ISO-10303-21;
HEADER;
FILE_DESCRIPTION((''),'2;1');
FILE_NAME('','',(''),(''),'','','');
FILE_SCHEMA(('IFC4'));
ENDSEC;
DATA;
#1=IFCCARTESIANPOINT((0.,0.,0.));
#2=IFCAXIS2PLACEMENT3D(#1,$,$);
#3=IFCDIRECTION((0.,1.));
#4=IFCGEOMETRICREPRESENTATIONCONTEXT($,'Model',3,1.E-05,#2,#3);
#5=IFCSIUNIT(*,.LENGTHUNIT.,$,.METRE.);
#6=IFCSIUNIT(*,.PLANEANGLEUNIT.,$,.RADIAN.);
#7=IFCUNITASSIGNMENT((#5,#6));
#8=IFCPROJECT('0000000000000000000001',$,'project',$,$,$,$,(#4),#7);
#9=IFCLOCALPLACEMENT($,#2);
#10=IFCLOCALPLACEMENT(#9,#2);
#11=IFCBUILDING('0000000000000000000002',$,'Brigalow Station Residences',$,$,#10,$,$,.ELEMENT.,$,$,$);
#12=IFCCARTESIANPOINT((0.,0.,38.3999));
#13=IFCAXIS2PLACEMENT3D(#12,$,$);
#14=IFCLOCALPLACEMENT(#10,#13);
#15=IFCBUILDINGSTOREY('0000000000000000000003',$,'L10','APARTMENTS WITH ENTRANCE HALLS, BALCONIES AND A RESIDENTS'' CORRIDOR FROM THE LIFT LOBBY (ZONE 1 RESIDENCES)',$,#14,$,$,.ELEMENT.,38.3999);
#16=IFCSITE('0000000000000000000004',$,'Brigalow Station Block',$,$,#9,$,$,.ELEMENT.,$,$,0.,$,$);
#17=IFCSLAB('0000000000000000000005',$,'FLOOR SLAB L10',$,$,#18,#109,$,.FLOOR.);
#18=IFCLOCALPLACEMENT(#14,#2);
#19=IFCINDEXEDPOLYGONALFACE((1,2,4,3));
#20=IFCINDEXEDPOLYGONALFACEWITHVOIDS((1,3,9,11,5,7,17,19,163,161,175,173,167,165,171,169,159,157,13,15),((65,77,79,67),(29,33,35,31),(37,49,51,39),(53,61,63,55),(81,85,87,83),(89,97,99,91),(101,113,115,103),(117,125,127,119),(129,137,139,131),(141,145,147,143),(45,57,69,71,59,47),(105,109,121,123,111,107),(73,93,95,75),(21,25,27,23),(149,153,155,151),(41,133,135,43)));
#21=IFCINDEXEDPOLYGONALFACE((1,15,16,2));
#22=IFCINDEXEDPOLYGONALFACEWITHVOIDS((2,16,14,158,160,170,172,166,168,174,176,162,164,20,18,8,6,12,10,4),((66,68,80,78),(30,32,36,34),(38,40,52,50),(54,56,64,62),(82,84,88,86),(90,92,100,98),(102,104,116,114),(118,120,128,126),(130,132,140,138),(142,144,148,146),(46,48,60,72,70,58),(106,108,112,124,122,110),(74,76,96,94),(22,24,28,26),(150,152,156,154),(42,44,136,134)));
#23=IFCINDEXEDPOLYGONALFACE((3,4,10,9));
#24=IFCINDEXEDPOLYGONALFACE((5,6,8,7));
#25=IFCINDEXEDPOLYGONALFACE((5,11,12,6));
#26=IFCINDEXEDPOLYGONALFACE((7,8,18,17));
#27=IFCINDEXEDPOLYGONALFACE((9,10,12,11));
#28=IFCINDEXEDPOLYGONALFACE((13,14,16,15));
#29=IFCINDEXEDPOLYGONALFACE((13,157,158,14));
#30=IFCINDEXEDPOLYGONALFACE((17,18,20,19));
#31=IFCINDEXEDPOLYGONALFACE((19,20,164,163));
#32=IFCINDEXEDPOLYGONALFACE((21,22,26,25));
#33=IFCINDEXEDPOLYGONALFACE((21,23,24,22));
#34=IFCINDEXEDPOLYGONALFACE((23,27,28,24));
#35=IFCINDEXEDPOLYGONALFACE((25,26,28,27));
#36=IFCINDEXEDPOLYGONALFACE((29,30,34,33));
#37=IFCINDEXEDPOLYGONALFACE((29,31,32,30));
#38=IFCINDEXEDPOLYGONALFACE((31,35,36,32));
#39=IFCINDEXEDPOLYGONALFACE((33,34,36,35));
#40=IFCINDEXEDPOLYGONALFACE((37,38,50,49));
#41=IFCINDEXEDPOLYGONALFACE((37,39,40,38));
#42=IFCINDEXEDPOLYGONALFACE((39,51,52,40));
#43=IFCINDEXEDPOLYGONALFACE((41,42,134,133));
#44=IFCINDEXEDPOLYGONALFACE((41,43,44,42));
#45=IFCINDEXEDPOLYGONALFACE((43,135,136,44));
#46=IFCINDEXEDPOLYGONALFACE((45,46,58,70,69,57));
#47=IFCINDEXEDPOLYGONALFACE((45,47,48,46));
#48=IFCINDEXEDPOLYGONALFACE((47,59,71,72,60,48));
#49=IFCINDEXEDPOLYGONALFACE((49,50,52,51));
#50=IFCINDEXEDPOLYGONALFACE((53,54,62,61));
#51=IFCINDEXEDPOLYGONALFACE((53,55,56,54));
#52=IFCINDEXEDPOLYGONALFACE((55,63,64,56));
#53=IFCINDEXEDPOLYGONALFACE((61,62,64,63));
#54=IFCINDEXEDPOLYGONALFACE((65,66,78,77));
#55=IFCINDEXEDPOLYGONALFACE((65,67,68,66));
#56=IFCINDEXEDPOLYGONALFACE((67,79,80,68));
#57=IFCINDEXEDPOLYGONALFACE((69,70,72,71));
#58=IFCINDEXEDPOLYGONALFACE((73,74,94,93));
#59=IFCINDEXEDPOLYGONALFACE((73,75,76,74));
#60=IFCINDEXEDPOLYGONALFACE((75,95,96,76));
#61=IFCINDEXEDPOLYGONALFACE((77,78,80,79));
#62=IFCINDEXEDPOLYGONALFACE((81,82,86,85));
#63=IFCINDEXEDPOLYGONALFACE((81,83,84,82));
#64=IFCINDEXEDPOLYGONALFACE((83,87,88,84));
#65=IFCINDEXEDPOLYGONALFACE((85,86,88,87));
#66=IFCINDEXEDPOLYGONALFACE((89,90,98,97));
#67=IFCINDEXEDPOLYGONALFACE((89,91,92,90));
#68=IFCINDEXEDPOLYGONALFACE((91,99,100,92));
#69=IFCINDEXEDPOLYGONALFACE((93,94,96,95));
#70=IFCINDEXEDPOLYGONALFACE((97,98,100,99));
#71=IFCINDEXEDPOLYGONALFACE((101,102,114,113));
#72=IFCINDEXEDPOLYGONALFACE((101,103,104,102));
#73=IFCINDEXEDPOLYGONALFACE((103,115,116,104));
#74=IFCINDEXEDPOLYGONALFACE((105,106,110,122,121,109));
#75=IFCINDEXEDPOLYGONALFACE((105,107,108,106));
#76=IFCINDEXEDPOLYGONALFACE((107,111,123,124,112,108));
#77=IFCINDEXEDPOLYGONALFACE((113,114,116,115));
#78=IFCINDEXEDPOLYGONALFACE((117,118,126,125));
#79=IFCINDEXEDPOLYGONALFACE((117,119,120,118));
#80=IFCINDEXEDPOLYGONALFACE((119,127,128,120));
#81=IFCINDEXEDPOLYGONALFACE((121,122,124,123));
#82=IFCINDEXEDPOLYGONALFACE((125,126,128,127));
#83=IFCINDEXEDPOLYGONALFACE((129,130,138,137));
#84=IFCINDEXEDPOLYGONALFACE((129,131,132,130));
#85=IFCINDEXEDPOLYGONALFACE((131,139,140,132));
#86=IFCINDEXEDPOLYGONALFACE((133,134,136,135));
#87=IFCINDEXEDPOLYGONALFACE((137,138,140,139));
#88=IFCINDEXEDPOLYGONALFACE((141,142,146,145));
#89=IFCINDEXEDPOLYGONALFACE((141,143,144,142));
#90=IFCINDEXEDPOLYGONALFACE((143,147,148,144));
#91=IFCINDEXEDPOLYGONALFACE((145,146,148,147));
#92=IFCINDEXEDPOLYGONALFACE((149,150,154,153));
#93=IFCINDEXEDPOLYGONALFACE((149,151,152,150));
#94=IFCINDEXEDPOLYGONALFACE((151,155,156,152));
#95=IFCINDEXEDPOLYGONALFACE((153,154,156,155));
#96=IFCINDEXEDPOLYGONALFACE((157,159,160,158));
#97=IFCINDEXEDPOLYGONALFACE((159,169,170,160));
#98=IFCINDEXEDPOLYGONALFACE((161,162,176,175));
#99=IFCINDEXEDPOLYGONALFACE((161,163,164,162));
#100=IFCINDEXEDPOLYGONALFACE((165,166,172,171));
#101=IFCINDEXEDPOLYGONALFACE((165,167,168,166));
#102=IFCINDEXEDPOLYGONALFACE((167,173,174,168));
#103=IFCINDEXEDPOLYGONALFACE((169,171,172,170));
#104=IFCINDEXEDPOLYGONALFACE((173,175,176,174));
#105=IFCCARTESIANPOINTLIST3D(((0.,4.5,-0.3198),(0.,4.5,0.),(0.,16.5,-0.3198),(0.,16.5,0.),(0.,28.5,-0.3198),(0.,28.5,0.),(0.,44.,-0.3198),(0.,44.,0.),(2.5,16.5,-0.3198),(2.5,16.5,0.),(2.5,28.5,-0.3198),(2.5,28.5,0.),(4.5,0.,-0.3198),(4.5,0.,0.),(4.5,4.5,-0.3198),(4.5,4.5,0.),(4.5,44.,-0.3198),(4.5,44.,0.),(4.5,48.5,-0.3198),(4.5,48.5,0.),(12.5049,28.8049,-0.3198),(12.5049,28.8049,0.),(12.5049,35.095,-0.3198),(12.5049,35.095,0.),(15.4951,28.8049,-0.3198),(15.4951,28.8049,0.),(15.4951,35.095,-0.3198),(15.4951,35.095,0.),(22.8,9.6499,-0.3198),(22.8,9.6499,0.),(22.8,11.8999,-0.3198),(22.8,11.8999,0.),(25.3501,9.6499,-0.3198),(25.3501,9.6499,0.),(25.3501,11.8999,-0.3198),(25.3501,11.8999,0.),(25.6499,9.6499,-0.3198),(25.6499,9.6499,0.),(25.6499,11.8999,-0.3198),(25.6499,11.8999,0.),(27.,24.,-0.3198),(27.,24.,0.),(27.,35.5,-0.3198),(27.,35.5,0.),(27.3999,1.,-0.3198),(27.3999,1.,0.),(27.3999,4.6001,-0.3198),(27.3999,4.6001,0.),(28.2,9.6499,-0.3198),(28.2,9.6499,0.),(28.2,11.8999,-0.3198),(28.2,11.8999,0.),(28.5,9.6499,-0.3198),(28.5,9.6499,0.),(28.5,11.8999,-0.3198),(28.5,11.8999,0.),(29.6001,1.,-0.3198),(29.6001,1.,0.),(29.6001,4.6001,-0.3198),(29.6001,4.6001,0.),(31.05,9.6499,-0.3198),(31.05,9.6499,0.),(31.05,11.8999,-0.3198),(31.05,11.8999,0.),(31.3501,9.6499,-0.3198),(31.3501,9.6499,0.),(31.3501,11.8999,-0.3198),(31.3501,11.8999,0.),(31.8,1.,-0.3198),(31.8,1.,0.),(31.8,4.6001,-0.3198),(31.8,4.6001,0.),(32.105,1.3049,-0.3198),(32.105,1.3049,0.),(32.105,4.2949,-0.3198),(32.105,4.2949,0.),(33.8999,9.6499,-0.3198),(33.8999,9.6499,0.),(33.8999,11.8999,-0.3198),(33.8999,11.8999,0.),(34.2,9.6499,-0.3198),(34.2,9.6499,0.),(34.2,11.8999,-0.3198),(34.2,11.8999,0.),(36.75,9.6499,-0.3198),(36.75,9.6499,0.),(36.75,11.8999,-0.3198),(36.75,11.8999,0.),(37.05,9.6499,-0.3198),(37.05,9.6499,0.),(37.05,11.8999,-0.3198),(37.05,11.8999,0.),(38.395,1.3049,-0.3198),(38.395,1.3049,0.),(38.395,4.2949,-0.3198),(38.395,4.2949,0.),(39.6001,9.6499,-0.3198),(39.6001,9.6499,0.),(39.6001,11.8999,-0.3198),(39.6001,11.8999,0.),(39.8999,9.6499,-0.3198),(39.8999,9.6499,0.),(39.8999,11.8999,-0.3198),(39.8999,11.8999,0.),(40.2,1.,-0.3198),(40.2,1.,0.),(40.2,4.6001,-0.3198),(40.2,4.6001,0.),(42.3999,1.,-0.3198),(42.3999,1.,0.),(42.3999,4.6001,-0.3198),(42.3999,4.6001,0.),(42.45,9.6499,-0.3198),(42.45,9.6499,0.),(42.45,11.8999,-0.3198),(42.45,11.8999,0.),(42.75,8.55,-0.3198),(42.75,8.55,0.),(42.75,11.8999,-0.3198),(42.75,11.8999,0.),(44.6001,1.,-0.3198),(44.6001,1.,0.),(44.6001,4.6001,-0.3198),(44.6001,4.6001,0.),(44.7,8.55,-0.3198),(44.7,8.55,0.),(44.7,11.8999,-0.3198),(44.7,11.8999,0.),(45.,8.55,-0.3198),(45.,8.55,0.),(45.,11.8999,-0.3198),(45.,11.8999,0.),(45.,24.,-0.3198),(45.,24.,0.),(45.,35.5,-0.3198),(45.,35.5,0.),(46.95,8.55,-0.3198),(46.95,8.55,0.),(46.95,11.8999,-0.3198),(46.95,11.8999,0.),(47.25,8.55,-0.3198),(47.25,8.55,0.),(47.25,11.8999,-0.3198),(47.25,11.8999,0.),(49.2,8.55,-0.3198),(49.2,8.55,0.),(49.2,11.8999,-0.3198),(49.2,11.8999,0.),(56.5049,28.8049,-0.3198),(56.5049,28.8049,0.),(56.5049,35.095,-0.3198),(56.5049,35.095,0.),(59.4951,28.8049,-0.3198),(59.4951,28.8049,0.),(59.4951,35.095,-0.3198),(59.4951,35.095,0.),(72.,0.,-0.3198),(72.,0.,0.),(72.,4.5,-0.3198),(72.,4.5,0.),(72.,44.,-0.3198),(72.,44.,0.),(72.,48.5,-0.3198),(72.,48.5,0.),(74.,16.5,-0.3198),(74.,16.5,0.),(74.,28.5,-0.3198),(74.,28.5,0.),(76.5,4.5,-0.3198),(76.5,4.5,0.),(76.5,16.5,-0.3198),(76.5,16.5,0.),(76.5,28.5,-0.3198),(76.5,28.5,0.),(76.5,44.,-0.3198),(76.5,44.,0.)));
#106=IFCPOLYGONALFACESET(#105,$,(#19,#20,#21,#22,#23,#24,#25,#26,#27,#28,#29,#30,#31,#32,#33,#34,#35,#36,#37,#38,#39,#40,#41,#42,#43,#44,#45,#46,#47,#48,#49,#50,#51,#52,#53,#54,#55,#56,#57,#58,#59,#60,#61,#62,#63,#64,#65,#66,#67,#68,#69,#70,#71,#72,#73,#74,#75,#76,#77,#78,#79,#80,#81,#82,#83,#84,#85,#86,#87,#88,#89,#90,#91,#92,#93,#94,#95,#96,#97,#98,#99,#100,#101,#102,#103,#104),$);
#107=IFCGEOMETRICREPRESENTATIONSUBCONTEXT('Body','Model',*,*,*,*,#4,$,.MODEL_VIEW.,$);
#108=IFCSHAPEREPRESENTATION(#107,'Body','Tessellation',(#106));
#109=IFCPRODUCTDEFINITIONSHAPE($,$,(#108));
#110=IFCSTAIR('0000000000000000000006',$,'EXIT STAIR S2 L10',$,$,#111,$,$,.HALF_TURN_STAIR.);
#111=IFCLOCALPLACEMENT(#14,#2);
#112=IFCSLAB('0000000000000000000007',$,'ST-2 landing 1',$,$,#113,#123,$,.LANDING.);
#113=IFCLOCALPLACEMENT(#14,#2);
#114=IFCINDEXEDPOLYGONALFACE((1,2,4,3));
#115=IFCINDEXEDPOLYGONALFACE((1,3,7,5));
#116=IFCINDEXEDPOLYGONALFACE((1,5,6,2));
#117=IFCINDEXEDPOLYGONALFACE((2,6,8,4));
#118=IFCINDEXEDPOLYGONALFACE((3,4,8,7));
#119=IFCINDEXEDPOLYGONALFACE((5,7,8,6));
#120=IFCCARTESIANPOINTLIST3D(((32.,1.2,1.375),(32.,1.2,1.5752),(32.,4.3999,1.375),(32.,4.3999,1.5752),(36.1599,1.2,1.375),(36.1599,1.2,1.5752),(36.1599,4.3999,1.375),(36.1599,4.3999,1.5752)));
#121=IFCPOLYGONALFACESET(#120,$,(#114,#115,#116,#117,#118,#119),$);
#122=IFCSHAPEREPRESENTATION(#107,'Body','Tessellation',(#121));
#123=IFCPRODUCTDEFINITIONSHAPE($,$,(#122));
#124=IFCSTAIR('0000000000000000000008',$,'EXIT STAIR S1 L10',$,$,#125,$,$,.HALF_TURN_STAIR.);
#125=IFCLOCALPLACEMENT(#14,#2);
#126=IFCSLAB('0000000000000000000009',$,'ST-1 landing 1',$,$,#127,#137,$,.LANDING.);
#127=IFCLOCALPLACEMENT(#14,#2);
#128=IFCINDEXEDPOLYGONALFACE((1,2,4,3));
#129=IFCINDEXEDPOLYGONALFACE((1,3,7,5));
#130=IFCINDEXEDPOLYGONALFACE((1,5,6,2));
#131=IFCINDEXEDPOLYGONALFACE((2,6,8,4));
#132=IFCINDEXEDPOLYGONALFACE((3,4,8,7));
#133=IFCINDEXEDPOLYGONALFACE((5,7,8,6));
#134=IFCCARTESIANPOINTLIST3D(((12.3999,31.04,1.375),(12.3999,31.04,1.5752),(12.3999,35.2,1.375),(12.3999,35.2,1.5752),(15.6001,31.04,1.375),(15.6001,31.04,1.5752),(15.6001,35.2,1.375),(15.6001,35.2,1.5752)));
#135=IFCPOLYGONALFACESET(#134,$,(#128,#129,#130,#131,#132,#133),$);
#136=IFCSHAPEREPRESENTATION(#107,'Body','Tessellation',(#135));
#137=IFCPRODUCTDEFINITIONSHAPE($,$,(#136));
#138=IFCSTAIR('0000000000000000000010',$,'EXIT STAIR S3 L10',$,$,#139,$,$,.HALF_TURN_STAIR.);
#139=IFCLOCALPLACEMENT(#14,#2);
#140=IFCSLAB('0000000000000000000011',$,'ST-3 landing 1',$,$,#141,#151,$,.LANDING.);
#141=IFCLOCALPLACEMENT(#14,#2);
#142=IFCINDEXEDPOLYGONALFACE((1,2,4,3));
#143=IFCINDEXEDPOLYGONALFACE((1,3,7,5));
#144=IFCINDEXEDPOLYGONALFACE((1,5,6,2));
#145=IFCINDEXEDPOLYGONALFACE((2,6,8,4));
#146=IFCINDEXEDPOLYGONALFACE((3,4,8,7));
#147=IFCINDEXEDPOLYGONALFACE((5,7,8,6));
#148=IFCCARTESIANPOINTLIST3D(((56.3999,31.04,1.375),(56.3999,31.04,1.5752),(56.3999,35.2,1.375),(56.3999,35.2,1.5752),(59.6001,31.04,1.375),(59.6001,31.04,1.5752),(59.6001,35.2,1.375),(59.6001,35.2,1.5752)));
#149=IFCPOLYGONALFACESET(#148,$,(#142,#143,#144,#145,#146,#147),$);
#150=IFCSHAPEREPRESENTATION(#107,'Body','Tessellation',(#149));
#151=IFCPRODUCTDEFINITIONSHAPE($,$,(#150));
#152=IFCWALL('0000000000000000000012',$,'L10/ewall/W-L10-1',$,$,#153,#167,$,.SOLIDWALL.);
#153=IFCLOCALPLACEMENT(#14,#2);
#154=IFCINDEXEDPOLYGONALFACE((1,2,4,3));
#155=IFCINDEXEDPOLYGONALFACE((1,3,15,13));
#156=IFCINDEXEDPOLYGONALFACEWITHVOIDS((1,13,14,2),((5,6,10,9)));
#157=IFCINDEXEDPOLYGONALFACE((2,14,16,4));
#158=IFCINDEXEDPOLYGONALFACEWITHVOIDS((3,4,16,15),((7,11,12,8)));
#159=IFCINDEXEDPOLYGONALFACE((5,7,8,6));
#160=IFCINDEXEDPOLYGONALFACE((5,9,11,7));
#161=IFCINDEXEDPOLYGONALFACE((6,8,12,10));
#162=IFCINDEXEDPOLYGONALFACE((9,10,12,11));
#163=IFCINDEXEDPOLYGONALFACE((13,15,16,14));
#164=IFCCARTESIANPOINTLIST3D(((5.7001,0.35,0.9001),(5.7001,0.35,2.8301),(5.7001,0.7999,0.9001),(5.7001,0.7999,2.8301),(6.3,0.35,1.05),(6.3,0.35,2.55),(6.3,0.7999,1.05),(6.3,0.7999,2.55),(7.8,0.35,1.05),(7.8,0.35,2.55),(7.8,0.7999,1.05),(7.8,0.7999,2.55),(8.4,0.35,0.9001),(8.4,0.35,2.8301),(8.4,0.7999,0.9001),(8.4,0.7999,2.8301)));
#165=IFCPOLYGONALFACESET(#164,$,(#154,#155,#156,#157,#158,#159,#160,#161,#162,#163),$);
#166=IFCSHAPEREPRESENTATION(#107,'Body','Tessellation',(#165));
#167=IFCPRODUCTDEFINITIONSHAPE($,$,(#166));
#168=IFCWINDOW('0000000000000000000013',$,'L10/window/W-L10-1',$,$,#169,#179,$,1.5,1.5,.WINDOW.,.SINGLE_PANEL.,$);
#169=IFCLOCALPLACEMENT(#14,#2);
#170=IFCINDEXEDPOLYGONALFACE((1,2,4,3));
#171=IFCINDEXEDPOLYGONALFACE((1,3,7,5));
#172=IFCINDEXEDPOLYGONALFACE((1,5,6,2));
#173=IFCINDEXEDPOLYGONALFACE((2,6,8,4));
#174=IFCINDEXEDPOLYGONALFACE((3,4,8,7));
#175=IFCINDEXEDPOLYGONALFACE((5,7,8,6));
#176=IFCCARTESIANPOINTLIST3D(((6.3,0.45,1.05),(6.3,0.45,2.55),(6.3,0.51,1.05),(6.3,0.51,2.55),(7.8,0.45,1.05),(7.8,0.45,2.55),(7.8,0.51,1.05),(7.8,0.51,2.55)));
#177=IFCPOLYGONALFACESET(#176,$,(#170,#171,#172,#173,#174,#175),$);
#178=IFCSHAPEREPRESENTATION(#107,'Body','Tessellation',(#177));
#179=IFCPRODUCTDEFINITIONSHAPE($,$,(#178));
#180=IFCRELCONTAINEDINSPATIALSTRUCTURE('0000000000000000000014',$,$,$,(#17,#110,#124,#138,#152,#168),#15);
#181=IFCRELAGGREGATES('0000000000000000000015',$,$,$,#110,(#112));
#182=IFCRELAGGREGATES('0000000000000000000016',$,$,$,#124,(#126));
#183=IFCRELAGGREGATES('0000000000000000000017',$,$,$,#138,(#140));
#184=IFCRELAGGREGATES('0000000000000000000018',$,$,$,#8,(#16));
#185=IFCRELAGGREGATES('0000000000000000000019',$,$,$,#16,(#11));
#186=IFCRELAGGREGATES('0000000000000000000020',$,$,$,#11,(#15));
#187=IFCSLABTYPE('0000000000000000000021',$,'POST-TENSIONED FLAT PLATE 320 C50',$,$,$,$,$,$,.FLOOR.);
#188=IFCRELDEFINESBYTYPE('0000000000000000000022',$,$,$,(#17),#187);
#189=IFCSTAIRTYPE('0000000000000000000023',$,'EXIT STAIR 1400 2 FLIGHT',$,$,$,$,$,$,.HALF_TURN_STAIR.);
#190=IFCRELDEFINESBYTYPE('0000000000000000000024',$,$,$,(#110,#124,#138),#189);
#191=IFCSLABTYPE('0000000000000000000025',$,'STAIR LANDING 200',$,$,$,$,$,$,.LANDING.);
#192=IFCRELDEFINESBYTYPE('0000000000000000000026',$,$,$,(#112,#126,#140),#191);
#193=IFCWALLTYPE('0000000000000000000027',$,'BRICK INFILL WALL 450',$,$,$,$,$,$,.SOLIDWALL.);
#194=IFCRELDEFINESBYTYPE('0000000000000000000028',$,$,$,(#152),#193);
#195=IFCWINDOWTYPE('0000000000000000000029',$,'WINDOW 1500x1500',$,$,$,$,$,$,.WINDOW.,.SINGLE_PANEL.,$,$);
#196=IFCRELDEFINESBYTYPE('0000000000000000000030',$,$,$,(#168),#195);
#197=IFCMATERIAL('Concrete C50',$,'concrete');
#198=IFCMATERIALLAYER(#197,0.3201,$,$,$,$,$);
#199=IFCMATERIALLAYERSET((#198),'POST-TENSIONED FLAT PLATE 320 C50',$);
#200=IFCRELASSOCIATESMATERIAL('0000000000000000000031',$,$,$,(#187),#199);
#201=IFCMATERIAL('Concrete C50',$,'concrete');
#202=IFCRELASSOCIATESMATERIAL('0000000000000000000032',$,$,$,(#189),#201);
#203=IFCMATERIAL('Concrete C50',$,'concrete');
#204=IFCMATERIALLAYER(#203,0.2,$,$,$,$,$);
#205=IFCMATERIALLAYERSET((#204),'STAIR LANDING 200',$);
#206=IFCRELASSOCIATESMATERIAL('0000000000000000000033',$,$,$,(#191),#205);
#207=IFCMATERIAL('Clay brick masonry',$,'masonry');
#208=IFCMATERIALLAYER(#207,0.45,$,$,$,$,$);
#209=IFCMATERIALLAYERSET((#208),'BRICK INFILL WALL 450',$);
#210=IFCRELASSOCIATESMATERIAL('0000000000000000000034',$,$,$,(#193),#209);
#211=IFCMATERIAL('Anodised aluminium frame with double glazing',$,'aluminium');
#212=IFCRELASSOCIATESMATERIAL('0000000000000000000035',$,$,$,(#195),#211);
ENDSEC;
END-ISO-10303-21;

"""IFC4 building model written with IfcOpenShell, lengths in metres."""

from ifc_helpers import new_model, si_unit, direction, frame, frame_2d, origin, place, context, subcontext, project, spatial, polyline, rectangle, outline, extrude, material, layer, layer_set, type_object, element, fill, aggregate, save


model = new_model("IFC4")

# Units and contexts
model_context = context("Model", 3, precision=1e-05, world=origin(), true_north=direction((0.0, 1.0)))
body_context = subcontext(model_context, "Body", "Model", "MODEL_VIEW")
ifc_project = project(units=[si_unit("LENGTHUNIT", "METRE"), si_unit("PLANEANGLEUNIT", "RADIAN")], contexts=[model_context])

# Site, building, storey
site_placement = place(None, origin())
site = spatial("IfcSite", under=ifc_project, at=site_placement, Name="Brigalow Station Block", CompositionType="ELEMENT", RefElevation=0.0)
building_placement = place(site_placement, origin())
building = spatial("IfcBuilding", under=site, at=building_placement, Name="Brigalow Station Residences", CompositionType="ELEMENT")
storey_placement = place(building_placement, frame((0.0, 0.0, 38.3999)))
storey = spatial("IfcBuildingStorey", under=building, at=storey_placement, Name="L10", Description="APARTMENTS WITH ENTRANCE HALLS, BALCONIES AND A RESIDENTS' CORRIDOR FROM THE LIFT LOBBY (ZONE 1 RESIDENCES)", CompositionType="ELEMENT", Elevation=38.3999)

# Slab
ifc_material_1 = material(Name="Concrete C50", Category="concrete")
ifc_layer_1 = layer(ifc_material_1, 0.3201)
ifc_layer_set_1 = layer_set([ifc_layer_1], Name="POST-TENSIONED FLAT PLATE 320 C50")
slab_type_1 = type_object("IfcSlabType", Name="POST-TENSIONED FLAT PLATE 320 C50", PredefinedType="FLOOR", material=ifc_layer_set_1)
slab_1_placement = place(storey_placement, frame((0.0, 0.0, -0.3198)))
element("IfcSlab", 1, at=slab_1_placement, inside=storey, type_object=slab_type_1, Name="FLOOR SLAB L10", PredefinedType="FLOOR", context=body_context, shape_type="SweptSolid", body=[
    extrude(outline(polyline([(4.5, 0.0), (72.0, 0.0), (72.0, 4.5), (76.5, 4.5), (76.5, 16.5), (74.0, 16.5), (74.0, 28.5), (76.5, 28.5), (76.5, 44.0), (72.0, 44.0), (72.0, 48.5), (4.5, 48.5), (4.5, 44.0), (0.0, 44.0), (0.0, 28.5), (2.5, 28.5), (2.5, 16.5), (0.0, 16.5), (0.0, 4.5), (4.5, 4.5), (4.5, 0.0)]), holes=[polyline([(15.4951, 35.095), (15.4951, 28.8049), (12.5049, 28.8049), (12.5049, 35.095), (15.4951, 35.095)]), polyline([(22.8, 11.8999), (25.3501, 11.8999), (25.3501, 9.6499), (22.8, 9.6499), (22.8, 11.8999)]), polyline([(25.6499, 11.8999), (28.2, 11.8999), (28.2, 9.6499), (25.6499, 9.6499), (25.6499, 11.8999)]), polyline([(28.5, 11.8999), (31.05, 11.8999), (31.05, 9.6499), (28.5, 9.6499), (28.5, 11.8999)]), polyline([(29.6001, 1.0), (27.3999, 1.0), (27.3999, 4.6001), (29.6001, 4.6001), (31.8, 4.6001), (31.8, 1.0), (29.6001, 1.0)]), polyline([(31.3501, 11.8999), (33.8999, 11.8999), (33.8999, 9.6499), (31.3501, 9.6499), (31.3501, 11.8999)]), polyline([(32.105, 4.2949), (38.395, 4.2949), (38.395, 1.3049), (32.105, 1.3049), (32.105, 4.2949)]), polyline([(36.75, 11.8999), (36.75, 9.6499), (34.2, 9.6499), (34.2, 11.8999), (36.75, 11.8999)]), polyline([(37.05, 11.8999), (39.6001, 11.8999), (39.6001, 9.6499), (37.05, 9.6499), (37.05, 11.8999)]), polyline([(39.8999, 11.8999), (42.45, 11.8999), (42.45, 9.6499), (39.8999, 9.6499), (39.8999, 11.8999)]), polyline([(42.3999, 1.0), (40.2, 1.0), (40.2, 4.6001), (42.3999, 4.6001), (44.6001, 4.6001), (44.6001, 1.0), (42.3999, 1.0)]), polyline([(42.75, 11.8999), (44.7, 11.8999), (44.7, 8.55), (42.75, 8.55), (42.75, 11.8999)]), polyline([(45.0, 11.8999), (46.95, 11.8999), (46.95, 8.55), (45.0, 8.55), (45.0, 11.8999)]), polyline([(45.0, 35.5), (45.0, 24.0), (27.0, 24.0), (27.0, 35.5), (45.0, 35.5)]), polyline([(47.25, 11.8999), (49.2, 11.8999), (49.2, 8.55), (47.25, 8.55), (47.25, 11.8999)]), polyline([(59.4951, 35.095), (59.4951, 28.8049), (56.5049, 28.8049), (56.5049, 35.095), (59.4951, 35.095)])]), origin(), (0.0, 0.0, 1.0), 0.3198),
])

# Stairs, slabs
ifc_material_2 = material(Name="Concrete C50", Category="concrete")
stair_type = type_object("IfcStairType", Name="EXIT STAIR 1400 2 FLIGHT", PredefinedType="HALF_TURN_STAIR", material=ifc_material_2)
stair_1_placement = place(storey_placement, origin())
stair_1 = element("IfcStair", 2, at=stair_1_placement, inside=storey, type_object=stair_type, Name="EXIT STAIR S2 L10", PredefinedType="HALF_TURN_STAIR")
ifc_material_3 = material(Name="Concrete C50", Category="concrete")
ifc_layer_2 = layer(ifc_material_3, 0.2)
ifc_layer_set_2 = layer_set([ifc_layer_2], Name="STAIR LANDING 200")
slab_type_2 = type_object("IfcSlabType", Name="STAIR LANDING 200", PredefinedType="LANDING", material=ifc_layer_set_2)
slab_2_placement = place(storey_placement, frame((0.0, 0.0, 1.375)))
slab_2 = element("IfcSlab", 3, at=slab_2_placement, type_object=slab_type_2, Name="ST-2 landing 1", PredefinedType="LANDING", context=body_context, shape_type="SweptSolid", body=[
    extrude(outline(polyline([(32.0, 1.2), (36.1599, 1.2), (36.1599, 4.3999), (32.0, 4.3999), (32.0, 1.2)])), origin(), (0.0, 0.0, 1.0), 0.2002),
])
aggregate(stair_1, [slab_2])
stair_2_placement = place(storey_placement, origin())
stair_2 = element("IfcStair", 4, at=stair_2_placement, inside=storey, type_object=stair_type, Name="EXIT STAIR S1 L10", PredefinedType="HALF_TURN_STAIR")
slab_3_placement = place(storey_placement, frame((0.0, 0.0, 1.375)))
slab_3 = element("IfcSlab", 5, at=slab_3_placement, type_object=slab_type_2, Name="ST-1 landing 1", PredefinedType="LANDING", context=body_context, shape_type="SweptSolid", body=[
    extrude(outline(polyline([(12.3999, 31.04), (15.6001, 31.04), (15.6001, 35.2), (12.3999, 35.2), (12.3999, 31.04)])), origin(), (0.0, 0.0, 1.0), 0.2002),
])
aggregate(stair_2, [slab_3])
stair_3_placement = place(storey_placement, origin())
stair_3 = element("IfcStair", 6, at=stair_3_placement, inside=storey, type_object=stair_type, Name="EXIT STAIR S3 L10", PredefinedType="HALF_TURN_STAIR")
slab_4_placement = place(storey_placement, frame((0.0, 0.0, 1.375)))
slab_4 = element("IfcSlab", 7, at=slab_4_placement, type_object=slab_type_2, Name="ST-3 landing 1", PredefinedType="LANDING", context=body_context, shape_type="SweptSolid", body=[
    extrude(outline(polyline([(56.3999, 31.04), (59.6001, 31.04), (59.6001, 35.2), (56.3999, 35.2), (56.3999, 31.04)])), origin(), (0.0, 0.0, 1.0), 0.2002),
])
aggregate(stair_3, [slab_4])

# Wall, opening, window
ifc_material_4 = material(Name="Clay brick masonry", Category="masonry")
ifc_layer_3 = layer(ifc_material_4, 0.45)
ifc_layer_set_3 = layer_set([ifc_layer_3], Name="BRICK INFILL WALL 450")
wall_type_1 = type_object("IfcWallType", Name="BRICK INFILL WALL 450", PredefinedType="SOLIDWALL", material=ifc_layer_set_3)
wall_1_placement = place(storey_placement, frame((5.7, 0.575, 0.9001), z_axis=(0.0, 0.0, 1.0), x_axis=(1.0, 0.0, 0.0)))
wall_1 = element("IfcWall", 8, at=wall_1_placement, inside=storey, type_object=wall_type_1, Name="L10/ewall/W-L10-1", PredefinedType="SOLIDWALL", context=body_context, shape_type="SweptSolid", body=[
    extrude(rectangle(XDim=2.7, YDim=0.45, at=frame_2d((1.3501, 0.0))), origin(), (0.0, 0.0, 1.0), 1.9299),
])
opening_1_placement = place(wall_1_placement, frame((0.6001, 0.0, 0.1499)))
opening_1 = element("IfcOpeningElement", 9, at=opening_1_placement, cuts=wall_1, PredefinedType="OPENING", context=body_context, shape_type="SweptSolid", body=[
    extrude(rectangle(XDim=1.5, YDim=1.5, at=frame_2d((0.75, 0.75))), frame((0.0, 0.2349, 0.0), z_axis=(0.0, -1.0, 0.0), x_axis=(1.0, 0.0, 0.0)), (0.0, 0.0, 1.0), 0.47),
])
ifc_material_5 = material(Name="Anodised aluminium frame with double glazing", Category="aluminium")
window_type_1 = type_object("IfcWindowType", Name="WINDOW 1500x1500", PartitioningType="SINGLE_PANEL", PredefinedType="WINDOW", material=ifc_material_5)
window_1_placement = place(opening_1_placement, origin())
window_1 = element("IfcWindow", 10, at=window_1_placement, inside=storey, type_object=window_type_1, Name="L10/window/W-L10-1", OverallHeight=1.5, OverallWidth=1.5, PartitioningType="SINGLE_PANEL", PredefinedType="WINDOW", context=body_context, shape_type="SweptSolid", body=[
    extrude(rectangle(XDim=1.5, YDim=1.5, at=frame_2d((0.75, 0.75))), frame((0.0, -0.0649, 0.0), z_axis=(0.0, -1.0, 0.0), x_axis=(1.0, 0.0, 0.0)), (0.0, 0.0, 1.0), 0.0601),
])
fill(opening_1, window_1)

save(model, "model.ifc")
